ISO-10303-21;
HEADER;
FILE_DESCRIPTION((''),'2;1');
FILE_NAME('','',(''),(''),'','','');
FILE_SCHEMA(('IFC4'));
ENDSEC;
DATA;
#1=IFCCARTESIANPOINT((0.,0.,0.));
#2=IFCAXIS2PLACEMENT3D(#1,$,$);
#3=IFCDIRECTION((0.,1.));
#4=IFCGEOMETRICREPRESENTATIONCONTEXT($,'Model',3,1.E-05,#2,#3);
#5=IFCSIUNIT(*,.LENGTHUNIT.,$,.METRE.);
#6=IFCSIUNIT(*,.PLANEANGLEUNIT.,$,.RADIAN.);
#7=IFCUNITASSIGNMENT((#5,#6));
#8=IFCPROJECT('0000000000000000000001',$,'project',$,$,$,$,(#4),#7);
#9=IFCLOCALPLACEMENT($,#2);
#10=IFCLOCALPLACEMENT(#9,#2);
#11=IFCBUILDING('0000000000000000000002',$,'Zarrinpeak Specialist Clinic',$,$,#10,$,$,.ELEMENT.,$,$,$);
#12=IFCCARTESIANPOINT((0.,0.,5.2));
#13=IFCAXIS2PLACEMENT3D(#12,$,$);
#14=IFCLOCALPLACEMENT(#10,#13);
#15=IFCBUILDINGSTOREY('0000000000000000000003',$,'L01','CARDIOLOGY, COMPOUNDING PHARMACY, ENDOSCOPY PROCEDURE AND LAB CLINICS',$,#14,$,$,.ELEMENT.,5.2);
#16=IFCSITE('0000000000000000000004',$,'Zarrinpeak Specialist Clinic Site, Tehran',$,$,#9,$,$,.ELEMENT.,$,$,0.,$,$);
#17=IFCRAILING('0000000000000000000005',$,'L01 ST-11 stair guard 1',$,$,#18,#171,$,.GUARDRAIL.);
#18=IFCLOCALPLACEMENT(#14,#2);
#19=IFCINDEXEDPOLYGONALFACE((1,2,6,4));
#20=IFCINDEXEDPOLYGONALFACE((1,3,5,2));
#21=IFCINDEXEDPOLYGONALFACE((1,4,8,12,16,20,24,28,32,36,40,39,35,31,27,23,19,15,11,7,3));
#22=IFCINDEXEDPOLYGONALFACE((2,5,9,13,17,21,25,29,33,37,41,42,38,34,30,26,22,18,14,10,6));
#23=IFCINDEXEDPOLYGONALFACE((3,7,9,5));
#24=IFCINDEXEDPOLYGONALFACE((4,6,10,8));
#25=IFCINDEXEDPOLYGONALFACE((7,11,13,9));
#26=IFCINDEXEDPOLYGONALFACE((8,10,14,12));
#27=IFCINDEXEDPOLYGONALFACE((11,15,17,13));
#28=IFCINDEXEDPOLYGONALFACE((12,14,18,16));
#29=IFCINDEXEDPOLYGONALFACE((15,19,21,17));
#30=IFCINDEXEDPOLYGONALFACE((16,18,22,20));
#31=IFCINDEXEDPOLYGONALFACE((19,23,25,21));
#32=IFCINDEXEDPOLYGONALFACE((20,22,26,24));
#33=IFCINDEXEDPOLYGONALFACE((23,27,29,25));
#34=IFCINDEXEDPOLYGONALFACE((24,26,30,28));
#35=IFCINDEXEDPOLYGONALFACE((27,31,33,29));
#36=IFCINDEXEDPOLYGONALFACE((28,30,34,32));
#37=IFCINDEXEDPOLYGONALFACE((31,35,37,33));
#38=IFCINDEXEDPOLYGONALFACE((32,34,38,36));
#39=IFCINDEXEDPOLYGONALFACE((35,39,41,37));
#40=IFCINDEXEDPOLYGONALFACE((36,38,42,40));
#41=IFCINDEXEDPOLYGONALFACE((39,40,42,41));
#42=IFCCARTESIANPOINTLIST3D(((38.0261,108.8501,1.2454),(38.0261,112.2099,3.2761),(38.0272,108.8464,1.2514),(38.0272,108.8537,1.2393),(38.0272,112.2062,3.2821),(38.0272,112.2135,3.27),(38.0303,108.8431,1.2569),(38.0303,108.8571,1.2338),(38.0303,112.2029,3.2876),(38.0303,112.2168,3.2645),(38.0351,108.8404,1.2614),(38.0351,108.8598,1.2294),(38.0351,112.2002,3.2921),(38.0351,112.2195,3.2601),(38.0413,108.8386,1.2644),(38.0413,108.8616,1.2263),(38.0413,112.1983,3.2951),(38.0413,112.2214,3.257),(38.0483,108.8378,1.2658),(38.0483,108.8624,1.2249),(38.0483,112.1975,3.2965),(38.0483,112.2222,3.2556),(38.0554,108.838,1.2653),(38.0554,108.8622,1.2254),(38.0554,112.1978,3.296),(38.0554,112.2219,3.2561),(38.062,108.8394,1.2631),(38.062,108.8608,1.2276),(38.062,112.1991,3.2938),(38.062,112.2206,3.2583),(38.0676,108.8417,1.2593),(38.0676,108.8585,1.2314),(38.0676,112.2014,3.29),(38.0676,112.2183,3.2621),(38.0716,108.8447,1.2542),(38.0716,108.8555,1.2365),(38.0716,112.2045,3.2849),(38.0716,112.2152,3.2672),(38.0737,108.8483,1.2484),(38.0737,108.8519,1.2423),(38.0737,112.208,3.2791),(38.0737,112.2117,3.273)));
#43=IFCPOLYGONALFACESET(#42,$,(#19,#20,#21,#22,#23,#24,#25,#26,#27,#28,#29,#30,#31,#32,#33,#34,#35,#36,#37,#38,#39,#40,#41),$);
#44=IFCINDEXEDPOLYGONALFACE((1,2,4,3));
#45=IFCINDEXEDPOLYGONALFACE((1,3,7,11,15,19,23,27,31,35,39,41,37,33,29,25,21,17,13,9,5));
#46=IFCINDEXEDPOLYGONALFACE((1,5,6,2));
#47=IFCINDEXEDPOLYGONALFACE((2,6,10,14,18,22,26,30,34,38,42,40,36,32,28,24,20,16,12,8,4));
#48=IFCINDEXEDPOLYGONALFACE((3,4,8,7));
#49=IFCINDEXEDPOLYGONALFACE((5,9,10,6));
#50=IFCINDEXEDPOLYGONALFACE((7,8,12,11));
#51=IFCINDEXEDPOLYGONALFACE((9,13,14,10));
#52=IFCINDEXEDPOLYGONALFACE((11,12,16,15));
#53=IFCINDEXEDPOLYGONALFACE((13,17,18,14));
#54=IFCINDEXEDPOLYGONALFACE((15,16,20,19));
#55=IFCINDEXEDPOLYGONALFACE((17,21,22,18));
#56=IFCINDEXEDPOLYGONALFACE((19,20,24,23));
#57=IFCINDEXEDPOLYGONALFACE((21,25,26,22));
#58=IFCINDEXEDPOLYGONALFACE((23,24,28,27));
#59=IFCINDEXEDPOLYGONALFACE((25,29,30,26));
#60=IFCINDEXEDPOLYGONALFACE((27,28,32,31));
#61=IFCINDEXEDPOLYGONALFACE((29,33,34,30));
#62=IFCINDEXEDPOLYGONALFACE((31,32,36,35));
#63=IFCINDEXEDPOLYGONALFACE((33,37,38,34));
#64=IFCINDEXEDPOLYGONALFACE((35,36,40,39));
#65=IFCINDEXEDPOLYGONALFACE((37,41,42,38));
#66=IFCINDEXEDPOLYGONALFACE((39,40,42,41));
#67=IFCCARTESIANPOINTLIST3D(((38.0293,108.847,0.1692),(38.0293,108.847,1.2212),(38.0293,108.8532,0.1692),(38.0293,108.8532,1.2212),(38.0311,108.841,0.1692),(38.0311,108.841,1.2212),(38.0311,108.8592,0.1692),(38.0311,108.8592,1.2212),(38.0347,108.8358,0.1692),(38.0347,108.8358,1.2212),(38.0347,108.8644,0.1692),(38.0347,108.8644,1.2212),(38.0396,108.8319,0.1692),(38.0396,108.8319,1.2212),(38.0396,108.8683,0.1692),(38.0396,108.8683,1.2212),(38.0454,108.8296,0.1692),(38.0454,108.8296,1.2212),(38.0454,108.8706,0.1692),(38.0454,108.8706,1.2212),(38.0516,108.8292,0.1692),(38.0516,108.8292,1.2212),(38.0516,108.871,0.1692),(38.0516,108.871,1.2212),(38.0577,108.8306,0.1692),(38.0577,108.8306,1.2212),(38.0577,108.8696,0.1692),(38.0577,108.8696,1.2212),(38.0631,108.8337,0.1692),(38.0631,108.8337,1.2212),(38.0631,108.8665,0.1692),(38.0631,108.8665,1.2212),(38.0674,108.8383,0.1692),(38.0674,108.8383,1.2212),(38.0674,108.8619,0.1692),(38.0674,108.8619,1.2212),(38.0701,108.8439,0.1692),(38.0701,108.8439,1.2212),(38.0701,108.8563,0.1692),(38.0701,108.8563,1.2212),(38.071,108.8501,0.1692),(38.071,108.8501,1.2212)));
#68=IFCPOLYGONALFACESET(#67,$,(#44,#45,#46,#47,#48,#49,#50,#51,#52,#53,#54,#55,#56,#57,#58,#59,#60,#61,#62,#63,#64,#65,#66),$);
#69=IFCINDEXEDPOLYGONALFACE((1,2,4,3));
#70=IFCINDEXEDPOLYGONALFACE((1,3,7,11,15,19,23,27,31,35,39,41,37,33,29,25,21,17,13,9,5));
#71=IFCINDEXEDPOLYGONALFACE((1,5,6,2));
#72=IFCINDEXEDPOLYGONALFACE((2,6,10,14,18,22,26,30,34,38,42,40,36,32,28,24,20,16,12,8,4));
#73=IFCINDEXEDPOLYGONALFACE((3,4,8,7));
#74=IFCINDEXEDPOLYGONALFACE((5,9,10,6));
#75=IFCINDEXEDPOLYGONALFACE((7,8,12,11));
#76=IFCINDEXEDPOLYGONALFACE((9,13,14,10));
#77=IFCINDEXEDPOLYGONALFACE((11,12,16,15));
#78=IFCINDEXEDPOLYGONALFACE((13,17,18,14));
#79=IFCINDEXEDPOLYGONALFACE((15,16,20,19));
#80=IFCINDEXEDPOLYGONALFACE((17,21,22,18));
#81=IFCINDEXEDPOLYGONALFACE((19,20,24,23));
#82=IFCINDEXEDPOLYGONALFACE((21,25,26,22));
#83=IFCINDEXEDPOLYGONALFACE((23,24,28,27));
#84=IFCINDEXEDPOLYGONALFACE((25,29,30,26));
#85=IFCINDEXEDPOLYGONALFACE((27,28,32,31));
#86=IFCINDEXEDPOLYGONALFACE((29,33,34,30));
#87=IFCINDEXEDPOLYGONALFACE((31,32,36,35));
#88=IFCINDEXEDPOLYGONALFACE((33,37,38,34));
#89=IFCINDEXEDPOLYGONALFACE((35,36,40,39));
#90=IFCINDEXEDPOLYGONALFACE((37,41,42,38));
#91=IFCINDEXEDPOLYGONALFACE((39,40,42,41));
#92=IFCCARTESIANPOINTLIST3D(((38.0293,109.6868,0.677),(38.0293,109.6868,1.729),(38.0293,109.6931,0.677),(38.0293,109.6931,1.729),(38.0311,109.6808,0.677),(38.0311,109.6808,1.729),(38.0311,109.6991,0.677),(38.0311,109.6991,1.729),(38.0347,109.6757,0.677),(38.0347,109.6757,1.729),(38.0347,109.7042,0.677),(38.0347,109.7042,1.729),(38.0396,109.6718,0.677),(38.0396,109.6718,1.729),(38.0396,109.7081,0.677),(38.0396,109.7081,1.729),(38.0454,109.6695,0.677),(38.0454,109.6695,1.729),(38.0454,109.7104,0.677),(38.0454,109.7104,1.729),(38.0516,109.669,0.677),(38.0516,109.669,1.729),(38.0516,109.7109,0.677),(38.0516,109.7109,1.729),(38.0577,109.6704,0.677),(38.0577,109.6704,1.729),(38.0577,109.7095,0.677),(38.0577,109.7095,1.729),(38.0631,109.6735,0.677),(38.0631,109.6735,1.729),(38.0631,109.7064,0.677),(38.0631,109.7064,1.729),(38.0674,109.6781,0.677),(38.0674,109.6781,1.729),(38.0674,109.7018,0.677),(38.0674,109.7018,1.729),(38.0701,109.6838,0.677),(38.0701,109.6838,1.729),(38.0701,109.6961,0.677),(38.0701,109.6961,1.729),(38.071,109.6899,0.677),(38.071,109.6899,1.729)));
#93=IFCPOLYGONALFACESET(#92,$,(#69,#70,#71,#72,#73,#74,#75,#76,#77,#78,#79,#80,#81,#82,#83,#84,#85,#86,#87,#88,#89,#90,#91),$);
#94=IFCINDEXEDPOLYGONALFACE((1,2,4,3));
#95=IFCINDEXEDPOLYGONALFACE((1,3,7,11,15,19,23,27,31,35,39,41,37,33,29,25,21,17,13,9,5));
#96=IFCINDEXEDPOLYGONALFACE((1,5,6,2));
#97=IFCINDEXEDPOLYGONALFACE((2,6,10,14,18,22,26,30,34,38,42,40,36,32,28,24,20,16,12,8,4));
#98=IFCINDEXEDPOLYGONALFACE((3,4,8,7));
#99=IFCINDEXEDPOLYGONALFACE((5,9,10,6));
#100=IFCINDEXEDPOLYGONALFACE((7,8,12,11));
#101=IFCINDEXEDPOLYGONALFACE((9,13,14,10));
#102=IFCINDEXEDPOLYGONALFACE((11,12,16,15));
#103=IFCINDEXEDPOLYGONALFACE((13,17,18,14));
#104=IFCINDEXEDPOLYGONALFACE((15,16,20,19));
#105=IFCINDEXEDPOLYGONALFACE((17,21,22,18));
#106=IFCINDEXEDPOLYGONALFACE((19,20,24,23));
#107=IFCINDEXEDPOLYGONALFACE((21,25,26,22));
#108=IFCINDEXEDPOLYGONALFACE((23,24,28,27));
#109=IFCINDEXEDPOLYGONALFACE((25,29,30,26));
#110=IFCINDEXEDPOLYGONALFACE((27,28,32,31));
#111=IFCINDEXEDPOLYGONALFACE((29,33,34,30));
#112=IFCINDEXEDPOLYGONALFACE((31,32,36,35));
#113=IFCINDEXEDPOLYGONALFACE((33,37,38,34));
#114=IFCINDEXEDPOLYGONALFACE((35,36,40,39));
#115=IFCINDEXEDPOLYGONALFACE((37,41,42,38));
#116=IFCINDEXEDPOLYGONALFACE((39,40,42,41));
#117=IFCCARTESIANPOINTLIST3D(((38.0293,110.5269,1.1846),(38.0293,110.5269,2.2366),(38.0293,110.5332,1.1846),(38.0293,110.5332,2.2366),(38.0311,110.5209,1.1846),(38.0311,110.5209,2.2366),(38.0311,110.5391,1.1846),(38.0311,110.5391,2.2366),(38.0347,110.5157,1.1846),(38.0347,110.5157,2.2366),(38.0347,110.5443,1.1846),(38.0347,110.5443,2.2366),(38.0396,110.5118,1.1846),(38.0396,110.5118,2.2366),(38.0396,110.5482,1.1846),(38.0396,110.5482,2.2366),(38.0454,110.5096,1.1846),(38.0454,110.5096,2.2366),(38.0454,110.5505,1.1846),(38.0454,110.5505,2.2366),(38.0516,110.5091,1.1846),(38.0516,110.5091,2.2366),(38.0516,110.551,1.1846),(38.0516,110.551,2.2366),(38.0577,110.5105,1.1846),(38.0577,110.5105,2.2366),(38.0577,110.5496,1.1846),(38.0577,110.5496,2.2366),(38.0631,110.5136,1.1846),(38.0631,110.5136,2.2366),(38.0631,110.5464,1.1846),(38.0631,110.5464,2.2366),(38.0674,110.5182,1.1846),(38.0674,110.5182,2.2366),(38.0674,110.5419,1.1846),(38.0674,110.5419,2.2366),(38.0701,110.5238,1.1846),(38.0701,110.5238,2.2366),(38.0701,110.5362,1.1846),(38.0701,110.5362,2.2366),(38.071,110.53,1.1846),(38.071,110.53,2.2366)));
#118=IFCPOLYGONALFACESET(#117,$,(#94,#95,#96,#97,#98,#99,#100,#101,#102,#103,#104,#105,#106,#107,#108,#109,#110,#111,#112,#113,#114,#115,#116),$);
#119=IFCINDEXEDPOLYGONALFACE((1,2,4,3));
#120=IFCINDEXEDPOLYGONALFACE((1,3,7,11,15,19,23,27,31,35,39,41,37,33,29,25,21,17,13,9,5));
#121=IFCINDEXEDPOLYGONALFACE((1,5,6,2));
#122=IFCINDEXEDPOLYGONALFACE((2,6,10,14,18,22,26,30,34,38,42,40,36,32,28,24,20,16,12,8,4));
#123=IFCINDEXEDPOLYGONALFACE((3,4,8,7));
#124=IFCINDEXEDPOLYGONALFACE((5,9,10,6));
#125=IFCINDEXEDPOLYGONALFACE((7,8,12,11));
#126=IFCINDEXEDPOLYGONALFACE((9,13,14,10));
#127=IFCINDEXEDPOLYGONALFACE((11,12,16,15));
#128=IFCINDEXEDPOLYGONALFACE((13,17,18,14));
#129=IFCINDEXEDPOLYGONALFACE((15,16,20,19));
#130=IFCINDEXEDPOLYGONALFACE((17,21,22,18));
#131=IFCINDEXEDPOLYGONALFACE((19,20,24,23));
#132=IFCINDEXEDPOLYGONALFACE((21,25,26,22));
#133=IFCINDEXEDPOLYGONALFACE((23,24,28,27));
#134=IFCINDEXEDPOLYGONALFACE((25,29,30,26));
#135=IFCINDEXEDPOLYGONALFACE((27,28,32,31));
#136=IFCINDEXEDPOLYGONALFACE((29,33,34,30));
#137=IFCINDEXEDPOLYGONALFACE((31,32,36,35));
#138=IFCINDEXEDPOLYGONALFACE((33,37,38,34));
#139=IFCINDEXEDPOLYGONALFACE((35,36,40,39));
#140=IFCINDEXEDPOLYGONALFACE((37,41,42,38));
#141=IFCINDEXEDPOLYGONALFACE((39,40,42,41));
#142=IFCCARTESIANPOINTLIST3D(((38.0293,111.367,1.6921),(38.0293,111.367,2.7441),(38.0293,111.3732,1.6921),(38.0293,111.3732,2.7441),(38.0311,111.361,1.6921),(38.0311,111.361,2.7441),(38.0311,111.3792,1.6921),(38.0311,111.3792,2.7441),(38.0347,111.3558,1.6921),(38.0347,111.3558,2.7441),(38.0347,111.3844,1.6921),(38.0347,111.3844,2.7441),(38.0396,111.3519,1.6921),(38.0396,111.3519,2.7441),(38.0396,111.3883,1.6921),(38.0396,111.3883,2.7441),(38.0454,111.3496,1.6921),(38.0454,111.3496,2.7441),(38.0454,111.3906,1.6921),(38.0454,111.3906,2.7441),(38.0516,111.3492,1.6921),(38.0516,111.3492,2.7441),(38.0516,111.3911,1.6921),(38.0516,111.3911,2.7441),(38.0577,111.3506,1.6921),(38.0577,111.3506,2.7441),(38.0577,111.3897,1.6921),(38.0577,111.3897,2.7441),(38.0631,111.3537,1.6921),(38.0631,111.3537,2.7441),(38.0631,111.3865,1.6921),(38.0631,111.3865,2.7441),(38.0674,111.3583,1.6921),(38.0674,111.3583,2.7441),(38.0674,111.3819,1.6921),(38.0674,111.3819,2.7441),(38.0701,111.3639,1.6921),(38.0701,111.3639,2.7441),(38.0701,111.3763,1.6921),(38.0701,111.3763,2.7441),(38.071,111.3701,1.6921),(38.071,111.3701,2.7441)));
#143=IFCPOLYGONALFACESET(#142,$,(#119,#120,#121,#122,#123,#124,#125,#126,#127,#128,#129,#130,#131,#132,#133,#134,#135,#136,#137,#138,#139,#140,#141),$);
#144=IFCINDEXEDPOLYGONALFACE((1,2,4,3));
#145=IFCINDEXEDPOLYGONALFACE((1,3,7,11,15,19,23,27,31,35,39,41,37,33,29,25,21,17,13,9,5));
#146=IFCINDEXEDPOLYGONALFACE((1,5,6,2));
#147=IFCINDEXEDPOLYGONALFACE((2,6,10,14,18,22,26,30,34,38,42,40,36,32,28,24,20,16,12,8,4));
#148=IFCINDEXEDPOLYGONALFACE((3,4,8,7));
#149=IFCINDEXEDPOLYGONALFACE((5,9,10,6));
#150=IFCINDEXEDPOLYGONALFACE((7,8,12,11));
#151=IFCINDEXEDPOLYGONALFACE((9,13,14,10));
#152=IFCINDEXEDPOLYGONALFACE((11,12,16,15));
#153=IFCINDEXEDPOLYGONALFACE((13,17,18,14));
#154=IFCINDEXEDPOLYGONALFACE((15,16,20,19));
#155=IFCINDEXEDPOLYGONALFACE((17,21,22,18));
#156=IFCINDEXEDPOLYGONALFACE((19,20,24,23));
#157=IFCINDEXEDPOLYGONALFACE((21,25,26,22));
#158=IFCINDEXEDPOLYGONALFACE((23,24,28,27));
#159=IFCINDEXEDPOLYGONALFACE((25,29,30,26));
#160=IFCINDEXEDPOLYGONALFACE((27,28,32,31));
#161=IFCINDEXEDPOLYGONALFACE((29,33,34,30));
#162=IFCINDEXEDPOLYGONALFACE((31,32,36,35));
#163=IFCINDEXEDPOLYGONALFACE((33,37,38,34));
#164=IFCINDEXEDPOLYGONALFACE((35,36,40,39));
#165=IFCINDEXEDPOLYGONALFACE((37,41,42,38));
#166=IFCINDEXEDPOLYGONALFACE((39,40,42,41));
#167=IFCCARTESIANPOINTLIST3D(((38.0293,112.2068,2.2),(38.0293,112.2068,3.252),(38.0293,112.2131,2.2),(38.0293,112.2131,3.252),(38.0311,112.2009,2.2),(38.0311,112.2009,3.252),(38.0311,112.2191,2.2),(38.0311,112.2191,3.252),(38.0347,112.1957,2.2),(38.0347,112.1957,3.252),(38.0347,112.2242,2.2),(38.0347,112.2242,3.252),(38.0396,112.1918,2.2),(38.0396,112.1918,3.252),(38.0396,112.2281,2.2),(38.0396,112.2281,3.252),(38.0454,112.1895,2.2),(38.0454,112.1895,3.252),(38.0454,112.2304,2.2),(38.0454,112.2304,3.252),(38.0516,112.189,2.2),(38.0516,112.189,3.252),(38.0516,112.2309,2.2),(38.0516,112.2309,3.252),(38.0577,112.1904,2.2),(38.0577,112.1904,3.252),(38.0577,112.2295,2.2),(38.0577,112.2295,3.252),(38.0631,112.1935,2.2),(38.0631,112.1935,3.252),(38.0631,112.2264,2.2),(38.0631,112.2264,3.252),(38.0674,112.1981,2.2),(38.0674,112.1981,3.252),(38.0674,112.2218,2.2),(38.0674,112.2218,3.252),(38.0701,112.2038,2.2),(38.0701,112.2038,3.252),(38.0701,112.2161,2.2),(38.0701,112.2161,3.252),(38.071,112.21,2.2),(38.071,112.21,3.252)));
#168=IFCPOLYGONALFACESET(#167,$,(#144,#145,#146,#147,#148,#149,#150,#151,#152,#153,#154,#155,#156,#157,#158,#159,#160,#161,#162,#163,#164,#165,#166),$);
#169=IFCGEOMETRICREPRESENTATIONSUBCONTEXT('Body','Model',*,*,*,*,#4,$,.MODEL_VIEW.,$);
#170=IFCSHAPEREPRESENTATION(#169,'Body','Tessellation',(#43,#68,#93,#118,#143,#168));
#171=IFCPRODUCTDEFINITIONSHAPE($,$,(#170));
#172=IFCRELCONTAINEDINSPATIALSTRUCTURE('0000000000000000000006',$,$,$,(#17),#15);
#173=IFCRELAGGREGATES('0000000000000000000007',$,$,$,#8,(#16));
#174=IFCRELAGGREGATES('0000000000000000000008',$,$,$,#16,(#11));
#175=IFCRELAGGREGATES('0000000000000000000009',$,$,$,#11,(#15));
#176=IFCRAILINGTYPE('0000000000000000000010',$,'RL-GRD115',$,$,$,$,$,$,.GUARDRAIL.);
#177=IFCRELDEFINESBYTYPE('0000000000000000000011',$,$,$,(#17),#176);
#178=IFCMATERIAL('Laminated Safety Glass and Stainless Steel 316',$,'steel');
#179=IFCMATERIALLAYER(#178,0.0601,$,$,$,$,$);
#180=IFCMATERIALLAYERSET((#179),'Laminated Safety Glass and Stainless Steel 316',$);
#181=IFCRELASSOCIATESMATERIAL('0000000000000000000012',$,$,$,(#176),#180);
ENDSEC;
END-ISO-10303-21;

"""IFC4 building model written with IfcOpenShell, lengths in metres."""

from ifc_helpers import new_model, si_unit, direction, frame, origin, origin_2d, place, context, subcontext, project, spatial, circle, extrude, material, layer, layer_set, type_object, element, save


model = new_model("IFC4")

# Units and contexts
model_context = context("Model", 3, precision=1e-05, world=origin(), true_north=direction((0.0, 1.0)))
body_context = subcontext(model_context, "Body", "Model", "MODEL_VIEW")
ifc_project = project(units=[si_unit("LENGTHUNIT", "METRE"), si_unit("PLANEANGLEUNIT", "RADIAN")], contexts=[model_context])

# Site, building, storey
site_placement = place(None, origin())
site = spatial("IfcSite", under=ifc_project, at=site_placement, Name="Zarrinpeak Specialist Clinic Site, Tehran", CompositionType="ELEMENT", RefElevation=0.0)
building_placement = place(site_placement, origin())
building = spatial("IfcBuilding", under=site, at=building_placement, Name="Zarrinpeak Specialist Clinic", CompositionType="ELEMENT")
storey_placement = place(building_placement, frame((0.0, 0.0, 5.2)))
storey = spatial("IfcBuildingStorey", under=building, at=storey_placement, Name="L01", Description="CARDIOLOGY, COMPOUNDING PHARMACY, ENDOSCOPY PROCEDURE AND LAB CLINICS", CompositionType="ELEMENT", Elevation=5.2)

# Railing
ifc_material_1 = material(Name="Laminated Safety Glass and Stainless Steel 316", Category="steel")
ifc_layer_1 = layer(ifc_material_1, 0.0601)
ifc_layer_set_1 = layer_set([ifc_layer_1], Name="Laminated Safety Glass and Stainless Steel 316")
railing_type = type_object("IfcRailingType", Name="RL-GRD115", PredefinedType="GUARDRAIL", material=ifc_layer_set_1)
railing_1_placement = place(storey_placement, frame((38.05, 108.8501, 0.1692)))
element("IfcRailing", 1, at=railing_1_placement, inside=storey, type_object=railing_type, Name="L01 ST-11 stair guard 1", PredefinedType="GUARDRAIL", context=body_context, shape_type="SweptSolid", body=[
    extrude(circle(Radius=0.0239, at=origin_2d()), frame((0.0, 0.0, 1.0762), z_axis=(0.0, 0.85582, 0.517273), x_axis=(-1.0, 0.0, 0.0)), (0.0, 0.0, 1.0), 3.9258),
    extrude(circle(Radius=0.021, at=origin_2d()), origin(), (0.0, 0.0, 1.0), 1.052),
    extrude(circle(Radius=0.021, at=origin_2d()), frame((0.0, 0.8398, 0.5078)), (0.0, 0.0, 1.0), 1.052),
    extrude(circle(Radius=0.021, at=origin_2d()), frame((0.0, 1.6799, 1.0154)), (0.0, 0.0, 1.0), 1.052),
    extrude(circle(Radius=0.021, at=origin_2d()), frame((0.0, 2.52, 1.5229)), (0.0, 0.0, 1.0), 1.052),
    extrude(circle(Radius=0.021, at=origin_2d()), frame((0.0, 3.3599, 2.0308)), (0.0, 0.0, 1.0), 1.052),
])

save(model, "model.ifc")
